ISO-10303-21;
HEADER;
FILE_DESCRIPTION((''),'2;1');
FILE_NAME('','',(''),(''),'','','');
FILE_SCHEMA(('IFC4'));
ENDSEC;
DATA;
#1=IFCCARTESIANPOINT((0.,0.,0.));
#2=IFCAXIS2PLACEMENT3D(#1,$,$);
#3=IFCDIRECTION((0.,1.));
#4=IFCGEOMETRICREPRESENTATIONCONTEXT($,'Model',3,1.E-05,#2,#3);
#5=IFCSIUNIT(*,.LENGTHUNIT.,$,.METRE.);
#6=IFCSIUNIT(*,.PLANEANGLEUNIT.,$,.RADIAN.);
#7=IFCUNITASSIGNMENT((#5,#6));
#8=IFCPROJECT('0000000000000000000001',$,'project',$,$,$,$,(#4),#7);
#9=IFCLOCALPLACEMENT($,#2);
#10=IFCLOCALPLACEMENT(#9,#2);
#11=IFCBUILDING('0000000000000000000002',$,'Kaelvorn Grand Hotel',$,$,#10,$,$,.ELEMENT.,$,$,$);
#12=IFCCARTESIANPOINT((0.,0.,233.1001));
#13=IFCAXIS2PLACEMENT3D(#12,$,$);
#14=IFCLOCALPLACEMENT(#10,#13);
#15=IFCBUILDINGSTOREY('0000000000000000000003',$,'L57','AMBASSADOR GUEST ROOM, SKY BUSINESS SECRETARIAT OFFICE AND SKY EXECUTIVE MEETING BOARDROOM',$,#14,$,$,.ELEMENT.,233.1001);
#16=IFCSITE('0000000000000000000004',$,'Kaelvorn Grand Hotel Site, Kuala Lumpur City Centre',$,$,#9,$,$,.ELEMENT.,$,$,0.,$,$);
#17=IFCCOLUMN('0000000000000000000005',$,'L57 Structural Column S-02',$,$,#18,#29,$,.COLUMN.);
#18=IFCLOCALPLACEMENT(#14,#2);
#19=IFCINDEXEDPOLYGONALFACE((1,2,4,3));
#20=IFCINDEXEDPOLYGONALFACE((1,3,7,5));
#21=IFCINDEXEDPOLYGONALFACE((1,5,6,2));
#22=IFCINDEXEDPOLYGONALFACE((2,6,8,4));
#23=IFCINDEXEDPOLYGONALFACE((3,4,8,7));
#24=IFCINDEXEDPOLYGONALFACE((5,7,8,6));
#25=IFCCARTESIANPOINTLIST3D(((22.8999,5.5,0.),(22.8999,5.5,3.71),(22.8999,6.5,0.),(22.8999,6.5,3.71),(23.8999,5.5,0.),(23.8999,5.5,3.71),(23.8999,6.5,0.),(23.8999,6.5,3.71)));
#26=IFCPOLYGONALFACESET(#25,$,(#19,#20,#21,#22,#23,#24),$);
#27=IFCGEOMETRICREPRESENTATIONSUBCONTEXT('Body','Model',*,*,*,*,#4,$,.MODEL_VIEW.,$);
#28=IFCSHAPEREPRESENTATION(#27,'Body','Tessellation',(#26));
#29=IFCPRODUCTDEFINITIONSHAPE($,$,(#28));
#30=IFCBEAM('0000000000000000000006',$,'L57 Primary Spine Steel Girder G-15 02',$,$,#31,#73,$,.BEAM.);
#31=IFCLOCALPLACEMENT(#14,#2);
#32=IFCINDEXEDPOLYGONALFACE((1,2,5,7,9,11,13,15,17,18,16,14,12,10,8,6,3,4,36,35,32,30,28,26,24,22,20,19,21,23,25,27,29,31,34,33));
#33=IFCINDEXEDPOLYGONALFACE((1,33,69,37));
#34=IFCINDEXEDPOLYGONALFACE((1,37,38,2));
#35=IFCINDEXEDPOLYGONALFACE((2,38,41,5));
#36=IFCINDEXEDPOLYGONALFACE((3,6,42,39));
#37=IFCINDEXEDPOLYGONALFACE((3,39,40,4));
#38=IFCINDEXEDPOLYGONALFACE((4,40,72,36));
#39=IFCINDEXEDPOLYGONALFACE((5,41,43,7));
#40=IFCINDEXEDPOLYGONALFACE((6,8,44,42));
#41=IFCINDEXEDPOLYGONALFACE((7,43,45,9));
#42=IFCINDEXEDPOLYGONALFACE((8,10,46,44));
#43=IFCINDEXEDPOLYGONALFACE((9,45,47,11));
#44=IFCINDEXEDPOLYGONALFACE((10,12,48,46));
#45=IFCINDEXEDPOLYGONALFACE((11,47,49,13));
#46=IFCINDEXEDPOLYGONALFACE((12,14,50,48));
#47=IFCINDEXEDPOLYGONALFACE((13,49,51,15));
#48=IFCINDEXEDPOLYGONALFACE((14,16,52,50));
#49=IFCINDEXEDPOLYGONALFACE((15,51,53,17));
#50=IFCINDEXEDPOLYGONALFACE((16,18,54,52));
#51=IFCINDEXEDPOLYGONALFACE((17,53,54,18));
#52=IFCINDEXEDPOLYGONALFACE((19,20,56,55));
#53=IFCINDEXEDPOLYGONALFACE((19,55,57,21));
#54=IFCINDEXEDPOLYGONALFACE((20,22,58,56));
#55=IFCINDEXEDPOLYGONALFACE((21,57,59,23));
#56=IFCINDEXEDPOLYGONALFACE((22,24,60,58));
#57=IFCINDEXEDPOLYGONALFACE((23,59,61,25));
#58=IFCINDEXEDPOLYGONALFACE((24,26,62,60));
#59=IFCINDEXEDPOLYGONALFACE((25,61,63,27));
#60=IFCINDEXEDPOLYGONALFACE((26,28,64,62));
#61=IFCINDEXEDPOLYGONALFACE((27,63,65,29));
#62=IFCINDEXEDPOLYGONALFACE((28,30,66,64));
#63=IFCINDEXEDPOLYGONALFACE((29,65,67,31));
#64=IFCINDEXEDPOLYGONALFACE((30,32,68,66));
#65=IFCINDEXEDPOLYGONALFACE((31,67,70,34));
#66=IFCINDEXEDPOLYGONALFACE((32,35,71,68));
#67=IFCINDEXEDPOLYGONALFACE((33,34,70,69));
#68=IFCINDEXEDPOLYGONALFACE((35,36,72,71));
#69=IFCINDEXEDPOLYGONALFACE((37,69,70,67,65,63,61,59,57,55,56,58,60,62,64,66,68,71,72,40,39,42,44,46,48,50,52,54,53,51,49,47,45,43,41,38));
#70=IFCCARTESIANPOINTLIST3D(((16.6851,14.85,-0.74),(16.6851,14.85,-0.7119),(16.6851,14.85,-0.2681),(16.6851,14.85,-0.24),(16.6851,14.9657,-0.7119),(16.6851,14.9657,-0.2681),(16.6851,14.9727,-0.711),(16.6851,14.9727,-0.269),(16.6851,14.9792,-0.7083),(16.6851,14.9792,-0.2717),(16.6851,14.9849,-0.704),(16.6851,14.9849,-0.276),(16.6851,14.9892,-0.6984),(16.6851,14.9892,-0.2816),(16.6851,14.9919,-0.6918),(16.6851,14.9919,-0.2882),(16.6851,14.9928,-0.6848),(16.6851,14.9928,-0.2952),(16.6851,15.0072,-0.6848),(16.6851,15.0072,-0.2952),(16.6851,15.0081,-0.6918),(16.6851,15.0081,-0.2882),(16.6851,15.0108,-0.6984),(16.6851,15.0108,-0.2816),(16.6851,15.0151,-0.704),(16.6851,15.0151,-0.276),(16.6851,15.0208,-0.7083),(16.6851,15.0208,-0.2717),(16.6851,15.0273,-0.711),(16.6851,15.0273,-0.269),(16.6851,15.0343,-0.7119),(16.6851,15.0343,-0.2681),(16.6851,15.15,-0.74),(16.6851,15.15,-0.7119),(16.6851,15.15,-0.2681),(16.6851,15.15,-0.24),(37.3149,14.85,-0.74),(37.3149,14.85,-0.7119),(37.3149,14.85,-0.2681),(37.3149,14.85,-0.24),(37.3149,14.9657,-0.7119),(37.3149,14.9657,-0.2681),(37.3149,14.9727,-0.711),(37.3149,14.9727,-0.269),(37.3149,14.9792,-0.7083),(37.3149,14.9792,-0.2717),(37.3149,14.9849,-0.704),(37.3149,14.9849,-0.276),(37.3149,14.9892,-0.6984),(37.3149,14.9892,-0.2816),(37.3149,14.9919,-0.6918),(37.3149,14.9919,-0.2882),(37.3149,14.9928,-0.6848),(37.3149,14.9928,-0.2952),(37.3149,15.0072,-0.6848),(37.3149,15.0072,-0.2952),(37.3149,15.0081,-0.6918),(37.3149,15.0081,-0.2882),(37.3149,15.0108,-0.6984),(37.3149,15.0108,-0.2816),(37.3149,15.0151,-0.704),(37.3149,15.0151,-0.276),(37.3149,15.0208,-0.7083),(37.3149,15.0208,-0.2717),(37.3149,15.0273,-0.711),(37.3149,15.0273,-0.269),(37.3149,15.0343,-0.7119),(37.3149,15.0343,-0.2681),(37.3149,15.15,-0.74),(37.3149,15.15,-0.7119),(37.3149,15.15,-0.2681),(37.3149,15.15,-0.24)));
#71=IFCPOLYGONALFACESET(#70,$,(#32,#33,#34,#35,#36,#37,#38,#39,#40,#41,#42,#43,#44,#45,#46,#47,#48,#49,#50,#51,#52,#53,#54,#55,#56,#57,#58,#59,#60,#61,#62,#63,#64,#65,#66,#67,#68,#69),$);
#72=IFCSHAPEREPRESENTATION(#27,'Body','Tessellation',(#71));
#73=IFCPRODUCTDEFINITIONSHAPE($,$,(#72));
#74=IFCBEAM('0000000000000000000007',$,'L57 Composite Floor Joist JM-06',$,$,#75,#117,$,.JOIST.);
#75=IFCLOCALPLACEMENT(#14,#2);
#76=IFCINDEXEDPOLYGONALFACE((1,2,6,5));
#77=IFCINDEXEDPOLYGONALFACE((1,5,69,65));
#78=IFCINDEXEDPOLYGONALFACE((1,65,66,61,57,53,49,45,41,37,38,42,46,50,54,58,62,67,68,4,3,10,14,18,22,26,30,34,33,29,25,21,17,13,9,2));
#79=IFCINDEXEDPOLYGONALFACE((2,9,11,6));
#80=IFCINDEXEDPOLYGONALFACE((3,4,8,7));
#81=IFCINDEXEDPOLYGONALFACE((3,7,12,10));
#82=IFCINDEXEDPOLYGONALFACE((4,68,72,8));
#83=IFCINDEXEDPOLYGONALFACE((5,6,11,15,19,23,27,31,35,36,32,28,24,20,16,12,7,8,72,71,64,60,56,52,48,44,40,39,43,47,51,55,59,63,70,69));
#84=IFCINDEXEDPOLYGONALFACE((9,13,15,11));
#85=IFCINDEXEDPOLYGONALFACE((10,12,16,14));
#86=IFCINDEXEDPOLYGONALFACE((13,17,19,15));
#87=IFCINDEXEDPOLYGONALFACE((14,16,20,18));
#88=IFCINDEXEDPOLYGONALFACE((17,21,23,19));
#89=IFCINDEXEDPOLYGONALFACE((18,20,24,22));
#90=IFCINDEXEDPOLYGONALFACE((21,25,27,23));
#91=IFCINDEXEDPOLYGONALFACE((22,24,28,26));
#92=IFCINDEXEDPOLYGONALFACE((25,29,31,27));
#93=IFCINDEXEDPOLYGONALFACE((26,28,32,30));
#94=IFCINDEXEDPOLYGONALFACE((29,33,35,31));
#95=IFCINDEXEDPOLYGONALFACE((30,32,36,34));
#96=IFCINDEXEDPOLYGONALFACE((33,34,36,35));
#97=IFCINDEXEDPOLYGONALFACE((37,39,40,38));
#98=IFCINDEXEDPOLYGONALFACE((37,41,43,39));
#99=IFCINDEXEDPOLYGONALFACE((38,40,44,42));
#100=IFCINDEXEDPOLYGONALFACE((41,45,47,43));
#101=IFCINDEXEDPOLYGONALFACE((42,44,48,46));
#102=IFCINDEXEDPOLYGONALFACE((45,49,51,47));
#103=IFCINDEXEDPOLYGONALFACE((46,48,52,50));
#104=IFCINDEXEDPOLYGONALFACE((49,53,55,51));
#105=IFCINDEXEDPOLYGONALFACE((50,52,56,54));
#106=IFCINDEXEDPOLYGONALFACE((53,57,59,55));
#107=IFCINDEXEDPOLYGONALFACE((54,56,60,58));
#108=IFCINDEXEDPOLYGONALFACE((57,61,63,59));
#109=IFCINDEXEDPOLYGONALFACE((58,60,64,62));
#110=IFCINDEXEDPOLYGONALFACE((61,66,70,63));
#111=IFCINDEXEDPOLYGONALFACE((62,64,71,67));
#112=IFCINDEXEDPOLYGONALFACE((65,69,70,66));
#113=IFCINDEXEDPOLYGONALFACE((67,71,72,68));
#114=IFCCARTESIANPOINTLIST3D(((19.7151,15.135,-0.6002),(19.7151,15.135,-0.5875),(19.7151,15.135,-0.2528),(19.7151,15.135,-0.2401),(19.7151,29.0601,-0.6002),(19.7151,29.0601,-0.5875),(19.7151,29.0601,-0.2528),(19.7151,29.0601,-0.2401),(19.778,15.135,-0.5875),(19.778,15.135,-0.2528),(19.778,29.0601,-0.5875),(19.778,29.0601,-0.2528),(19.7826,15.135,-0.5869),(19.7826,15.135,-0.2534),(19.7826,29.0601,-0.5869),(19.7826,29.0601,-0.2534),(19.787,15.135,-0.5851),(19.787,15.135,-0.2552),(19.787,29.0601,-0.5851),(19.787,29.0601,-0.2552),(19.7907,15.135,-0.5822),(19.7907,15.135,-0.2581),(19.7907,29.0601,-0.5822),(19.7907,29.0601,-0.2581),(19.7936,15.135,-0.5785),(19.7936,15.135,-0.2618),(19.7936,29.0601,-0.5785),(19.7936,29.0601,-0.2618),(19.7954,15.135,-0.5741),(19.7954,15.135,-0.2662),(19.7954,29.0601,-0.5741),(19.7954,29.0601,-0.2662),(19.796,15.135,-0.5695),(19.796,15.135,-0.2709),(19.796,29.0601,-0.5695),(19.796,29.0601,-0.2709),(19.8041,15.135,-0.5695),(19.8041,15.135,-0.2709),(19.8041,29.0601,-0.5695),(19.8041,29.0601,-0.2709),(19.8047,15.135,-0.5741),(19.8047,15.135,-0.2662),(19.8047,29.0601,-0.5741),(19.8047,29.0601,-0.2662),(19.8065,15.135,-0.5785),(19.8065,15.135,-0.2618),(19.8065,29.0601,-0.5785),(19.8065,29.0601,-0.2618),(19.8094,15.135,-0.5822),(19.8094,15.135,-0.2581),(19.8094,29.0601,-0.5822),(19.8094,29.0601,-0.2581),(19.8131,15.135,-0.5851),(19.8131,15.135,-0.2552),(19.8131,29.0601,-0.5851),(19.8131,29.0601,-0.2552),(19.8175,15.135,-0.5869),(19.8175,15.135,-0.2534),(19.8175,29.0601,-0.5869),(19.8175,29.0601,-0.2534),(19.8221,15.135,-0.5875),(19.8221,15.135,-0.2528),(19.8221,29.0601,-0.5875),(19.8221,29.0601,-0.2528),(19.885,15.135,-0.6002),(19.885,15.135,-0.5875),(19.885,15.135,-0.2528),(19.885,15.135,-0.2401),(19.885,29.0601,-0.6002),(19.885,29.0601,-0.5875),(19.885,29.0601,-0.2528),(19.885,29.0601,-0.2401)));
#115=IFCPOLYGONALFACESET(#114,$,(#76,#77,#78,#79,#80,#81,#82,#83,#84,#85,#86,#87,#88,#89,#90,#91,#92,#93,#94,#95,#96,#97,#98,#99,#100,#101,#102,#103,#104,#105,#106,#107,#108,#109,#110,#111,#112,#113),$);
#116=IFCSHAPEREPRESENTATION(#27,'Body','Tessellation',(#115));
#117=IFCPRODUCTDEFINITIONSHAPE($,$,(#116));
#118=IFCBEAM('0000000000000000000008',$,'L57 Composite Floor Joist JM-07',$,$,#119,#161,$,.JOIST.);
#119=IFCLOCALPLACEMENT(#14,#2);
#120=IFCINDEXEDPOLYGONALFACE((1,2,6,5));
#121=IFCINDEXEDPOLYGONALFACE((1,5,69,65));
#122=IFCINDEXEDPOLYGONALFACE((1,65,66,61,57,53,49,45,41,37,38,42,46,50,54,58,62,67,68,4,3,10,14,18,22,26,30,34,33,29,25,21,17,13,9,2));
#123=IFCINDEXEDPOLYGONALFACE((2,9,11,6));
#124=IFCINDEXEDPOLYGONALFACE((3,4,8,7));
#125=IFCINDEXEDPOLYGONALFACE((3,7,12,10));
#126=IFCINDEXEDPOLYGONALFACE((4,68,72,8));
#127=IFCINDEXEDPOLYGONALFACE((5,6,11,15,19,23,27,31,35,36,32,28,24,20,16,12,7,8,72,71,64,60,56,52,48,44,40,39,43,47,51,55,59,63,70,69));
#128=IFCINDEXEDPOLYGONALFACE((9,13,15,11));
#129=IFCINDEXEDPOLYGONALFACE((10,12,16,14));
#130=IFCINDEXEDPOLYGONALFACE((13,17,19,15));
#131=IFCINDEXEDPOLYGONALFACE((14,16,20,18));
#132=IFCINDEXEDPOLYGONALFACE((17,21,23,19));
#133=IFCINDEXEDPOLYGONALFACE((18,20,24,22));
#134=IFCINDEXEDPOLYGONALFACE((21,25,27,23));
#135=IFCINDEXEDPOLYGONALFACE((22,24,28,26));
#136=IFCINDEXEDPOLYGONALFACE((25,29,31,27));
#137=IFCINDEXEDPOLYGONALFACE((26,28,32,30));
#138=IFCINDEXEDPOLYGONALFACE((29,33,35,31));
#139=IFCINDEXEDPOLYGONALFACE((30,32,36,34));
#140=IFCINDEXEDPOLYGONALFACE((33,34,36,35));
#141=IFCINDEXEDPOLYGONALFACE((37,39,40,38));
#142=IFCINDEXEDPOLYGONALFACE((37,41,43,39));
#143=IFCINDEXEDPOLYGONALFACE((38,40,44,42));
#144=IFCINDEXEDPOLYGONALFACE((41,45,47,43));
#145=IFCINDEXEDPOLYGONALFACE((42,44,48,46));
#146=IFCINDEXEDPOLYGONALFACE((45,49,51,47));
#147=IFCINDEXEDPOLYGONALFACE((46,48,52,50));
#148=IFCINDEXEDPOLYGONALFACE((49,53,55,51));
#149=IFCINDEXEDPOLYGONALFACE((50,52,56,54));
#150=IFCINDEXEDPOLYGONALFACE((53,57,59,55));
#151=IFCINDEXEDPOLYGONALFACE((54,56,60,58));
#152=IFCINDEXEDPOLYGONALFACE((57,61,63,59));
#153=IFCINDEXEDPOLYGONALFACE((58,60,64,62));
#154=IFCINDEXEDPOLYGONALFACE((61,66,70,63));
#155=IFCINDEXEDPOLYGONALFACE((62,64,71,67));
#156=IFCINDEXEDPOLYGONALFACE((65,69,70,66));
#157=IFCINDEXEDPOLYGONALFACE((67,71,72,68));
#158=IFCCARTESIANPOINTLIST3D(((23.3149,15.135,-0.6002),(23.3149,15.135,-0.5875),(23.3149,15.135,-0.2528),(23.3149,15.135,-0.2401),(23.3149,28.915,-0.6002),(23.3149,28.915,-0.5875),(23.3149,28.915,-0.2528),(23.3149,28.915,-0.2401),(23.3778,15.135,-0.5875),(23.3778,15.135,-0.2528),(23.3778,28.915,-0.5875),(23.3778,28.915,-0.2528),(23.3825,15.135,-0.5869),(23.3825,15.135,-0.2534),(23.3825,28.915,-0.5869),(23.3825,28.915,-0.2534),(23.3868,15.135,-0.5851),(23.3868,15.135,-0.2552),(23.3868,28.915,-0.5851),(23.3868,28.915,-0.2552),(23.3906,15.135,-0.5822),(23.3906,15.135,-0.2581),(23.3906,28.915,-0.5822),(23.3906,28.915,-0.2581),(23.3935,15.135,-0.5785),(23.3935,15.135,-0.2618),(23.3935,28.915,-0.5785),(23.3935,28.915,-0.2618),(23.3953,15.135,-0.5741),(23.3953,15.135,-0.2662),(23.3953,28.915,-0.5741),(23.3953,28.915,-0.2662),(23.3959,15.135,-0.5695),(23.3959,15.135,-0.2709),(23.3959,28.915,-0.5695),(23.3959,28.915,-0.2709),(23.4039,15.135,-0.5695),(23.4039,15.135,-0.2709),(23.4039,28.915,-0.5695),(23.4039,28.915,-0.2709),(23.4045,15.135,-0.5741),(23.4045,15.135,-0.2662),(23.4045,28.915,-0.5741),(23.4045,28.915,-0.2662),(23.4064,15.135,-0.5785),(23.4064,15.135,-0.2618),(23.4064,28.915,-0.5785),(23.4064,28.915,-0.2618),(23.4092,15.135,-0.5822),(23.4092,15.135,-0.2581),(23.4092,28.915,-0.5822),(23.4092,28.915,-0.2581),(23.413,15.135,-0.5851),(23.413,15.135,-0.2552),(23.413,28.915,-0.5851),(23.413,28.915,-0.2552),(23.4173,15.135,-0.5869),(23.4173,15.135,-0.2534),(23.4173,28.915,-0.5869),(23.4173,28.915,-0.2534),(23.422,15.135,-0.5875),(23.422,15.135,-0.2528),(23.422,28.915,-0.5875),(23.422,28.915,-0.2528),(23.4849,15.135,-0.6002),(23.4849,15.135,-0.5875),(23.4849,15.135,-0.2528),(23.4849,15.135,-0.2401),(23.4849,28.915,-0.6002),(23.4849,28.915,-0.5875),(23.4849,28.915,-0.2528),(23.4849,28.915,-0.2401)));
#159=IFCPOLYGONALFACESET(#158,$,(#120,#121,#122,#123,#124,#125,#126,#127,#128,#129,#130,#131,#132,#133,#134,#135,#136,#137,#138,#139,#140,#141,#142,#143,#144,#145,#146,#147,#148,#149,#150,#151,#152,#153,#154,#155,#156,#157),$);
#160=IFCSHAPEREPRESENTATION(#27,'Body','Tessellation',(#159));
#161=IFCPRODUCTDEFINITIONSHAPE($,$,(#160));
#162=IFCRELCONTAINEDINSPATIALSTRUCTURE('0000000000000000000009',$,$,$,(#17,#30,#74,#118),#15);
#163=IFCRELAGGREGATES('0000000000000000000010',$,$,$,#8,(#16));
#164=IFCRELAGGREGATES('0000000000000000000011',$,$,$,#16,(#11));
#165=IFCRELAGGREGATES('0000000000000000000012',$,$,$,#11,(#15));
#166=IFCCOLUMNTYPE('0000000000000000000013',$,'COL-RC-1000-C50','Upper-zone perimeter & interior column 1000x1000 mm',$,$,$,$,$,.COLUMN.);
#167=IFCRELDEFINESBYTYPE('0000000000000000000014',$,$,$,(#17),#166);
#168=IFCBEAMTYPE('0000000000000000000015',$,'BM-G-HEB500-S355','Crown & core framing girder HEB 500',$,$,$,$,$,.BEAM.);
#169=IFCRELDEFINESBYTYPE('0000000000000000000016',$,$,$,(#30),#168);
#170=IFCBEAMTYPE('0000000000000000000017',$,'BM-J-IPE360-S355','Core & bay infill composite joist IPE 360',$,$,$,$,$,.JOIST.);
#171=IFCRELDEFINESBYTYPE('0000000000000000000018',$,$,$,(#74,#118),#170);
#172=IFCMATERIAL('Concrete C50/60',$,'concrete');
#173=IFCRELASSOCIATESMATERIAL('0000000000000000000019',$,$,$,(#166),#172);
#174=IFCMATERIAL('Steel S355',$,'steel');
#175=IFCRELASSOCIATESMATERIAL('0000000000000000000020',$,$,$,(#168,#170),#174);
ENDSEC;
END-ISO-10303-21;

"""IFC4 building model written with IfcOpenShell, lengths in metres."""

from ifc_helpers import new_model, si_unit, direction, frame, origin, origin_2d, place, context, subcontext, project, spatial, rectangle, i_section, extrude, material, material_profile, profile_set, type_object, element, save


model = new_model("IFC4")

# Units and contexts
model_context = context("Model", 3, precision=1e-05, world=origin(), true_north=direction((0.0, 1.0)))
body_context = subcontext(model_context, "Body", "Model", "MODEL_VIEW")
ifc_project = project(units=[si_unit("LENGTHUNIT", "METRE"), si_unit("PLANEANGLEUNIT", "RADIAN")], contexts=[model_context])

# Site, building, storey
site_placement = place(None, origin())
site = spatial("IfcSite", under=ifc_project, at=site_placement, Name="Kaelvorn Grand Hotel Site, Kuala Lumpur City Centre", CompositionType="ELEMENT", RefElevation=0.0)
building_placement = place(site_placement, origin())
building = spatial("IfcBuilding", under=site, at=building_placement, Name="Kaelvorn Grand Hotel", CompositionType="ELEMENT")
storey_placement = place(building_placement, frame((0.0, 0.0, 233.1001)))
storey = spatial("IfcBuildingStorey", under=building, at=storey_placement, Name="L57", Description="AMBASSADOR GUEST ROOM, SKY BUSINESS SECRETARIAT OFFICE AND SKY EXECUTIVE MEETING BOARDROOM", CompositionType="ELEMENT", Elevation=233.1001)

# Column
ifc_material_1 = material(Name="Concrete C50/60", Category="concrete")
ifc_material_profile_1 = material_profile(ifc_material_1, rectangle(XDim=1.0, YDim=1.0, at=origin_2d()), Name="RC COL 1000x1000")
ifc_profile_set_1 = profile_set([ifc_material_profile_1], Name="Concrete C50/60")
column_type = type_object("IfcColumnType", Name="COL-RC-1000-C50", Description="Upper-zone perimeter & interior column 1000x1000 mm", PredefinedType="COLUMN", material=ifc_profile_set_1)
column_placement = place(storey_placement, frame((23.3999, 6.0, 0.0), z_axis=(0.0, 0.0, 1.0), x_axis=(1.0, 0.0, 0.0)))
element("IfcColumn", 1, at=column_placement, inside=storey, type_object=column_type, Name="L57 Structural Column S-02", PredefinedType="COLUMN", context=body_context, shape_type="SweptSolid", body=[
    extrude(rectangle(XDim=1.0, YDim=1.0, at=origin_2d()), origin(), (0.0, 0.0, 1.0), 3.71),
])

# Beams
ifc_material_2 = material(Name="Steel S355", Category="steel")
ifc_material_profile_2 = material_profile(ifc_material_2, i_section(OverallWidth=0.3, OverallDepth=0.5, WebThickness=0.0144, FlangeThickness=0.0281, FilletRadius=0.0271, at=origin_2d()), Name="HEB 500")
ifc_profile_set_2 = profile_set([ifc_material_profile_2], Name="Steel S355")
beam_type_1 = type_object("IfcBeamType", Name="BM-G-HEB500-S355", Description="Crown & core framing girder HEB 500", PredefinedType="BEAM", material=ifc_profile_set_2)
beam_1_placement = place(storey_placement, frame((16.6851, 15.0, -0.49), z_axis=(1.0, 0.0, 0.0), x_axis=(0.0, 1.0, 0.0)))
element("IfcBeam", 2, at=beam_1_placement, inside=storey, type_object=beam_type_1, Name="L57 Primary Spine Steel Girder G-15 02", PredefinedType="BEAM", context=body_context, shape_type="SweptSolid", body=[
    extrude(i_section(OverallWidth=0.3, OverallDepth=0.5, WebThickness=0.0144, FlangeThickness=0.0281, FilletRadius=0.0271, at=origin_2d()), origin(), (0.0, 0.0, 1.0), 20.6299),
])
ifc_material_profile_3 = material_profile(ifc_material_2, i_section(OverallWidth=0.1699, OverallDepth=0.3601, WebThickness=0.0081, FlangeThickness=0.0127, FilletRadius=0.0181, at=origin_2d()), Name="IPE 360")
ifc_profile_set_3 = profile_set([ifc_material_profile_3], Name="Steel S355")
beam_type_2 = type_object("IfcBeamType", Name="BM-J-IPE360-S355", Description="Core & bay infill composite joist IPE 360", PredefinedType="JOIST", material=ifc_profile_set_3)
beam_2_placement = place(storey_placement, frame((19.8, 15.135, -0.4202), z_axis=(0.0, 1.0, 0.0), x_axis=(-1.0, 0.0, 0.0)))
element("IfcBeam", 3, at=beam_2_placement, inside=storey, type_object=beam_type_2, Name="L57 Composite Floor Joist JM-06", PredefinedType="JOIST", context=body_context, shape_type="SweptSolid", body=[
    extrude(i_section(OverallWidth=0.1699, OverallDepth=0.3601, WebThickness=0.0081, FlangeThickness=0.0127, FilletRadius=0.0181, at=origin_2d()), origin(), (0.0, 0.0, 1.0), 13.925),
])
beam_3_placement = place(storey_placement, frame((23.3999, 15.135, -0.4202), z_axis=(0.0, 1.0, 0.0), x_axis=(-1.0, 0.0, 0.0)))
element("IfcBeam", 4, at=beam_3_placement, inside=storey, type_object=beam_type_2, Name="L57 Composite Floor Joist JM-07", PredefinedType="JOIST", context=body_context, shape_type="SweptSolid", body=[
    extrude(i_section(OverallWidth=0.1699, OverallDepth=0.3601, WebThickness=0.0081, FlangeThickness=0.0127, FilletRadius=0.0181, at=origin_2d()), origin(), (0.0, 0.0, 1.0), 13.78),
])

save(model, "model.ifc")
